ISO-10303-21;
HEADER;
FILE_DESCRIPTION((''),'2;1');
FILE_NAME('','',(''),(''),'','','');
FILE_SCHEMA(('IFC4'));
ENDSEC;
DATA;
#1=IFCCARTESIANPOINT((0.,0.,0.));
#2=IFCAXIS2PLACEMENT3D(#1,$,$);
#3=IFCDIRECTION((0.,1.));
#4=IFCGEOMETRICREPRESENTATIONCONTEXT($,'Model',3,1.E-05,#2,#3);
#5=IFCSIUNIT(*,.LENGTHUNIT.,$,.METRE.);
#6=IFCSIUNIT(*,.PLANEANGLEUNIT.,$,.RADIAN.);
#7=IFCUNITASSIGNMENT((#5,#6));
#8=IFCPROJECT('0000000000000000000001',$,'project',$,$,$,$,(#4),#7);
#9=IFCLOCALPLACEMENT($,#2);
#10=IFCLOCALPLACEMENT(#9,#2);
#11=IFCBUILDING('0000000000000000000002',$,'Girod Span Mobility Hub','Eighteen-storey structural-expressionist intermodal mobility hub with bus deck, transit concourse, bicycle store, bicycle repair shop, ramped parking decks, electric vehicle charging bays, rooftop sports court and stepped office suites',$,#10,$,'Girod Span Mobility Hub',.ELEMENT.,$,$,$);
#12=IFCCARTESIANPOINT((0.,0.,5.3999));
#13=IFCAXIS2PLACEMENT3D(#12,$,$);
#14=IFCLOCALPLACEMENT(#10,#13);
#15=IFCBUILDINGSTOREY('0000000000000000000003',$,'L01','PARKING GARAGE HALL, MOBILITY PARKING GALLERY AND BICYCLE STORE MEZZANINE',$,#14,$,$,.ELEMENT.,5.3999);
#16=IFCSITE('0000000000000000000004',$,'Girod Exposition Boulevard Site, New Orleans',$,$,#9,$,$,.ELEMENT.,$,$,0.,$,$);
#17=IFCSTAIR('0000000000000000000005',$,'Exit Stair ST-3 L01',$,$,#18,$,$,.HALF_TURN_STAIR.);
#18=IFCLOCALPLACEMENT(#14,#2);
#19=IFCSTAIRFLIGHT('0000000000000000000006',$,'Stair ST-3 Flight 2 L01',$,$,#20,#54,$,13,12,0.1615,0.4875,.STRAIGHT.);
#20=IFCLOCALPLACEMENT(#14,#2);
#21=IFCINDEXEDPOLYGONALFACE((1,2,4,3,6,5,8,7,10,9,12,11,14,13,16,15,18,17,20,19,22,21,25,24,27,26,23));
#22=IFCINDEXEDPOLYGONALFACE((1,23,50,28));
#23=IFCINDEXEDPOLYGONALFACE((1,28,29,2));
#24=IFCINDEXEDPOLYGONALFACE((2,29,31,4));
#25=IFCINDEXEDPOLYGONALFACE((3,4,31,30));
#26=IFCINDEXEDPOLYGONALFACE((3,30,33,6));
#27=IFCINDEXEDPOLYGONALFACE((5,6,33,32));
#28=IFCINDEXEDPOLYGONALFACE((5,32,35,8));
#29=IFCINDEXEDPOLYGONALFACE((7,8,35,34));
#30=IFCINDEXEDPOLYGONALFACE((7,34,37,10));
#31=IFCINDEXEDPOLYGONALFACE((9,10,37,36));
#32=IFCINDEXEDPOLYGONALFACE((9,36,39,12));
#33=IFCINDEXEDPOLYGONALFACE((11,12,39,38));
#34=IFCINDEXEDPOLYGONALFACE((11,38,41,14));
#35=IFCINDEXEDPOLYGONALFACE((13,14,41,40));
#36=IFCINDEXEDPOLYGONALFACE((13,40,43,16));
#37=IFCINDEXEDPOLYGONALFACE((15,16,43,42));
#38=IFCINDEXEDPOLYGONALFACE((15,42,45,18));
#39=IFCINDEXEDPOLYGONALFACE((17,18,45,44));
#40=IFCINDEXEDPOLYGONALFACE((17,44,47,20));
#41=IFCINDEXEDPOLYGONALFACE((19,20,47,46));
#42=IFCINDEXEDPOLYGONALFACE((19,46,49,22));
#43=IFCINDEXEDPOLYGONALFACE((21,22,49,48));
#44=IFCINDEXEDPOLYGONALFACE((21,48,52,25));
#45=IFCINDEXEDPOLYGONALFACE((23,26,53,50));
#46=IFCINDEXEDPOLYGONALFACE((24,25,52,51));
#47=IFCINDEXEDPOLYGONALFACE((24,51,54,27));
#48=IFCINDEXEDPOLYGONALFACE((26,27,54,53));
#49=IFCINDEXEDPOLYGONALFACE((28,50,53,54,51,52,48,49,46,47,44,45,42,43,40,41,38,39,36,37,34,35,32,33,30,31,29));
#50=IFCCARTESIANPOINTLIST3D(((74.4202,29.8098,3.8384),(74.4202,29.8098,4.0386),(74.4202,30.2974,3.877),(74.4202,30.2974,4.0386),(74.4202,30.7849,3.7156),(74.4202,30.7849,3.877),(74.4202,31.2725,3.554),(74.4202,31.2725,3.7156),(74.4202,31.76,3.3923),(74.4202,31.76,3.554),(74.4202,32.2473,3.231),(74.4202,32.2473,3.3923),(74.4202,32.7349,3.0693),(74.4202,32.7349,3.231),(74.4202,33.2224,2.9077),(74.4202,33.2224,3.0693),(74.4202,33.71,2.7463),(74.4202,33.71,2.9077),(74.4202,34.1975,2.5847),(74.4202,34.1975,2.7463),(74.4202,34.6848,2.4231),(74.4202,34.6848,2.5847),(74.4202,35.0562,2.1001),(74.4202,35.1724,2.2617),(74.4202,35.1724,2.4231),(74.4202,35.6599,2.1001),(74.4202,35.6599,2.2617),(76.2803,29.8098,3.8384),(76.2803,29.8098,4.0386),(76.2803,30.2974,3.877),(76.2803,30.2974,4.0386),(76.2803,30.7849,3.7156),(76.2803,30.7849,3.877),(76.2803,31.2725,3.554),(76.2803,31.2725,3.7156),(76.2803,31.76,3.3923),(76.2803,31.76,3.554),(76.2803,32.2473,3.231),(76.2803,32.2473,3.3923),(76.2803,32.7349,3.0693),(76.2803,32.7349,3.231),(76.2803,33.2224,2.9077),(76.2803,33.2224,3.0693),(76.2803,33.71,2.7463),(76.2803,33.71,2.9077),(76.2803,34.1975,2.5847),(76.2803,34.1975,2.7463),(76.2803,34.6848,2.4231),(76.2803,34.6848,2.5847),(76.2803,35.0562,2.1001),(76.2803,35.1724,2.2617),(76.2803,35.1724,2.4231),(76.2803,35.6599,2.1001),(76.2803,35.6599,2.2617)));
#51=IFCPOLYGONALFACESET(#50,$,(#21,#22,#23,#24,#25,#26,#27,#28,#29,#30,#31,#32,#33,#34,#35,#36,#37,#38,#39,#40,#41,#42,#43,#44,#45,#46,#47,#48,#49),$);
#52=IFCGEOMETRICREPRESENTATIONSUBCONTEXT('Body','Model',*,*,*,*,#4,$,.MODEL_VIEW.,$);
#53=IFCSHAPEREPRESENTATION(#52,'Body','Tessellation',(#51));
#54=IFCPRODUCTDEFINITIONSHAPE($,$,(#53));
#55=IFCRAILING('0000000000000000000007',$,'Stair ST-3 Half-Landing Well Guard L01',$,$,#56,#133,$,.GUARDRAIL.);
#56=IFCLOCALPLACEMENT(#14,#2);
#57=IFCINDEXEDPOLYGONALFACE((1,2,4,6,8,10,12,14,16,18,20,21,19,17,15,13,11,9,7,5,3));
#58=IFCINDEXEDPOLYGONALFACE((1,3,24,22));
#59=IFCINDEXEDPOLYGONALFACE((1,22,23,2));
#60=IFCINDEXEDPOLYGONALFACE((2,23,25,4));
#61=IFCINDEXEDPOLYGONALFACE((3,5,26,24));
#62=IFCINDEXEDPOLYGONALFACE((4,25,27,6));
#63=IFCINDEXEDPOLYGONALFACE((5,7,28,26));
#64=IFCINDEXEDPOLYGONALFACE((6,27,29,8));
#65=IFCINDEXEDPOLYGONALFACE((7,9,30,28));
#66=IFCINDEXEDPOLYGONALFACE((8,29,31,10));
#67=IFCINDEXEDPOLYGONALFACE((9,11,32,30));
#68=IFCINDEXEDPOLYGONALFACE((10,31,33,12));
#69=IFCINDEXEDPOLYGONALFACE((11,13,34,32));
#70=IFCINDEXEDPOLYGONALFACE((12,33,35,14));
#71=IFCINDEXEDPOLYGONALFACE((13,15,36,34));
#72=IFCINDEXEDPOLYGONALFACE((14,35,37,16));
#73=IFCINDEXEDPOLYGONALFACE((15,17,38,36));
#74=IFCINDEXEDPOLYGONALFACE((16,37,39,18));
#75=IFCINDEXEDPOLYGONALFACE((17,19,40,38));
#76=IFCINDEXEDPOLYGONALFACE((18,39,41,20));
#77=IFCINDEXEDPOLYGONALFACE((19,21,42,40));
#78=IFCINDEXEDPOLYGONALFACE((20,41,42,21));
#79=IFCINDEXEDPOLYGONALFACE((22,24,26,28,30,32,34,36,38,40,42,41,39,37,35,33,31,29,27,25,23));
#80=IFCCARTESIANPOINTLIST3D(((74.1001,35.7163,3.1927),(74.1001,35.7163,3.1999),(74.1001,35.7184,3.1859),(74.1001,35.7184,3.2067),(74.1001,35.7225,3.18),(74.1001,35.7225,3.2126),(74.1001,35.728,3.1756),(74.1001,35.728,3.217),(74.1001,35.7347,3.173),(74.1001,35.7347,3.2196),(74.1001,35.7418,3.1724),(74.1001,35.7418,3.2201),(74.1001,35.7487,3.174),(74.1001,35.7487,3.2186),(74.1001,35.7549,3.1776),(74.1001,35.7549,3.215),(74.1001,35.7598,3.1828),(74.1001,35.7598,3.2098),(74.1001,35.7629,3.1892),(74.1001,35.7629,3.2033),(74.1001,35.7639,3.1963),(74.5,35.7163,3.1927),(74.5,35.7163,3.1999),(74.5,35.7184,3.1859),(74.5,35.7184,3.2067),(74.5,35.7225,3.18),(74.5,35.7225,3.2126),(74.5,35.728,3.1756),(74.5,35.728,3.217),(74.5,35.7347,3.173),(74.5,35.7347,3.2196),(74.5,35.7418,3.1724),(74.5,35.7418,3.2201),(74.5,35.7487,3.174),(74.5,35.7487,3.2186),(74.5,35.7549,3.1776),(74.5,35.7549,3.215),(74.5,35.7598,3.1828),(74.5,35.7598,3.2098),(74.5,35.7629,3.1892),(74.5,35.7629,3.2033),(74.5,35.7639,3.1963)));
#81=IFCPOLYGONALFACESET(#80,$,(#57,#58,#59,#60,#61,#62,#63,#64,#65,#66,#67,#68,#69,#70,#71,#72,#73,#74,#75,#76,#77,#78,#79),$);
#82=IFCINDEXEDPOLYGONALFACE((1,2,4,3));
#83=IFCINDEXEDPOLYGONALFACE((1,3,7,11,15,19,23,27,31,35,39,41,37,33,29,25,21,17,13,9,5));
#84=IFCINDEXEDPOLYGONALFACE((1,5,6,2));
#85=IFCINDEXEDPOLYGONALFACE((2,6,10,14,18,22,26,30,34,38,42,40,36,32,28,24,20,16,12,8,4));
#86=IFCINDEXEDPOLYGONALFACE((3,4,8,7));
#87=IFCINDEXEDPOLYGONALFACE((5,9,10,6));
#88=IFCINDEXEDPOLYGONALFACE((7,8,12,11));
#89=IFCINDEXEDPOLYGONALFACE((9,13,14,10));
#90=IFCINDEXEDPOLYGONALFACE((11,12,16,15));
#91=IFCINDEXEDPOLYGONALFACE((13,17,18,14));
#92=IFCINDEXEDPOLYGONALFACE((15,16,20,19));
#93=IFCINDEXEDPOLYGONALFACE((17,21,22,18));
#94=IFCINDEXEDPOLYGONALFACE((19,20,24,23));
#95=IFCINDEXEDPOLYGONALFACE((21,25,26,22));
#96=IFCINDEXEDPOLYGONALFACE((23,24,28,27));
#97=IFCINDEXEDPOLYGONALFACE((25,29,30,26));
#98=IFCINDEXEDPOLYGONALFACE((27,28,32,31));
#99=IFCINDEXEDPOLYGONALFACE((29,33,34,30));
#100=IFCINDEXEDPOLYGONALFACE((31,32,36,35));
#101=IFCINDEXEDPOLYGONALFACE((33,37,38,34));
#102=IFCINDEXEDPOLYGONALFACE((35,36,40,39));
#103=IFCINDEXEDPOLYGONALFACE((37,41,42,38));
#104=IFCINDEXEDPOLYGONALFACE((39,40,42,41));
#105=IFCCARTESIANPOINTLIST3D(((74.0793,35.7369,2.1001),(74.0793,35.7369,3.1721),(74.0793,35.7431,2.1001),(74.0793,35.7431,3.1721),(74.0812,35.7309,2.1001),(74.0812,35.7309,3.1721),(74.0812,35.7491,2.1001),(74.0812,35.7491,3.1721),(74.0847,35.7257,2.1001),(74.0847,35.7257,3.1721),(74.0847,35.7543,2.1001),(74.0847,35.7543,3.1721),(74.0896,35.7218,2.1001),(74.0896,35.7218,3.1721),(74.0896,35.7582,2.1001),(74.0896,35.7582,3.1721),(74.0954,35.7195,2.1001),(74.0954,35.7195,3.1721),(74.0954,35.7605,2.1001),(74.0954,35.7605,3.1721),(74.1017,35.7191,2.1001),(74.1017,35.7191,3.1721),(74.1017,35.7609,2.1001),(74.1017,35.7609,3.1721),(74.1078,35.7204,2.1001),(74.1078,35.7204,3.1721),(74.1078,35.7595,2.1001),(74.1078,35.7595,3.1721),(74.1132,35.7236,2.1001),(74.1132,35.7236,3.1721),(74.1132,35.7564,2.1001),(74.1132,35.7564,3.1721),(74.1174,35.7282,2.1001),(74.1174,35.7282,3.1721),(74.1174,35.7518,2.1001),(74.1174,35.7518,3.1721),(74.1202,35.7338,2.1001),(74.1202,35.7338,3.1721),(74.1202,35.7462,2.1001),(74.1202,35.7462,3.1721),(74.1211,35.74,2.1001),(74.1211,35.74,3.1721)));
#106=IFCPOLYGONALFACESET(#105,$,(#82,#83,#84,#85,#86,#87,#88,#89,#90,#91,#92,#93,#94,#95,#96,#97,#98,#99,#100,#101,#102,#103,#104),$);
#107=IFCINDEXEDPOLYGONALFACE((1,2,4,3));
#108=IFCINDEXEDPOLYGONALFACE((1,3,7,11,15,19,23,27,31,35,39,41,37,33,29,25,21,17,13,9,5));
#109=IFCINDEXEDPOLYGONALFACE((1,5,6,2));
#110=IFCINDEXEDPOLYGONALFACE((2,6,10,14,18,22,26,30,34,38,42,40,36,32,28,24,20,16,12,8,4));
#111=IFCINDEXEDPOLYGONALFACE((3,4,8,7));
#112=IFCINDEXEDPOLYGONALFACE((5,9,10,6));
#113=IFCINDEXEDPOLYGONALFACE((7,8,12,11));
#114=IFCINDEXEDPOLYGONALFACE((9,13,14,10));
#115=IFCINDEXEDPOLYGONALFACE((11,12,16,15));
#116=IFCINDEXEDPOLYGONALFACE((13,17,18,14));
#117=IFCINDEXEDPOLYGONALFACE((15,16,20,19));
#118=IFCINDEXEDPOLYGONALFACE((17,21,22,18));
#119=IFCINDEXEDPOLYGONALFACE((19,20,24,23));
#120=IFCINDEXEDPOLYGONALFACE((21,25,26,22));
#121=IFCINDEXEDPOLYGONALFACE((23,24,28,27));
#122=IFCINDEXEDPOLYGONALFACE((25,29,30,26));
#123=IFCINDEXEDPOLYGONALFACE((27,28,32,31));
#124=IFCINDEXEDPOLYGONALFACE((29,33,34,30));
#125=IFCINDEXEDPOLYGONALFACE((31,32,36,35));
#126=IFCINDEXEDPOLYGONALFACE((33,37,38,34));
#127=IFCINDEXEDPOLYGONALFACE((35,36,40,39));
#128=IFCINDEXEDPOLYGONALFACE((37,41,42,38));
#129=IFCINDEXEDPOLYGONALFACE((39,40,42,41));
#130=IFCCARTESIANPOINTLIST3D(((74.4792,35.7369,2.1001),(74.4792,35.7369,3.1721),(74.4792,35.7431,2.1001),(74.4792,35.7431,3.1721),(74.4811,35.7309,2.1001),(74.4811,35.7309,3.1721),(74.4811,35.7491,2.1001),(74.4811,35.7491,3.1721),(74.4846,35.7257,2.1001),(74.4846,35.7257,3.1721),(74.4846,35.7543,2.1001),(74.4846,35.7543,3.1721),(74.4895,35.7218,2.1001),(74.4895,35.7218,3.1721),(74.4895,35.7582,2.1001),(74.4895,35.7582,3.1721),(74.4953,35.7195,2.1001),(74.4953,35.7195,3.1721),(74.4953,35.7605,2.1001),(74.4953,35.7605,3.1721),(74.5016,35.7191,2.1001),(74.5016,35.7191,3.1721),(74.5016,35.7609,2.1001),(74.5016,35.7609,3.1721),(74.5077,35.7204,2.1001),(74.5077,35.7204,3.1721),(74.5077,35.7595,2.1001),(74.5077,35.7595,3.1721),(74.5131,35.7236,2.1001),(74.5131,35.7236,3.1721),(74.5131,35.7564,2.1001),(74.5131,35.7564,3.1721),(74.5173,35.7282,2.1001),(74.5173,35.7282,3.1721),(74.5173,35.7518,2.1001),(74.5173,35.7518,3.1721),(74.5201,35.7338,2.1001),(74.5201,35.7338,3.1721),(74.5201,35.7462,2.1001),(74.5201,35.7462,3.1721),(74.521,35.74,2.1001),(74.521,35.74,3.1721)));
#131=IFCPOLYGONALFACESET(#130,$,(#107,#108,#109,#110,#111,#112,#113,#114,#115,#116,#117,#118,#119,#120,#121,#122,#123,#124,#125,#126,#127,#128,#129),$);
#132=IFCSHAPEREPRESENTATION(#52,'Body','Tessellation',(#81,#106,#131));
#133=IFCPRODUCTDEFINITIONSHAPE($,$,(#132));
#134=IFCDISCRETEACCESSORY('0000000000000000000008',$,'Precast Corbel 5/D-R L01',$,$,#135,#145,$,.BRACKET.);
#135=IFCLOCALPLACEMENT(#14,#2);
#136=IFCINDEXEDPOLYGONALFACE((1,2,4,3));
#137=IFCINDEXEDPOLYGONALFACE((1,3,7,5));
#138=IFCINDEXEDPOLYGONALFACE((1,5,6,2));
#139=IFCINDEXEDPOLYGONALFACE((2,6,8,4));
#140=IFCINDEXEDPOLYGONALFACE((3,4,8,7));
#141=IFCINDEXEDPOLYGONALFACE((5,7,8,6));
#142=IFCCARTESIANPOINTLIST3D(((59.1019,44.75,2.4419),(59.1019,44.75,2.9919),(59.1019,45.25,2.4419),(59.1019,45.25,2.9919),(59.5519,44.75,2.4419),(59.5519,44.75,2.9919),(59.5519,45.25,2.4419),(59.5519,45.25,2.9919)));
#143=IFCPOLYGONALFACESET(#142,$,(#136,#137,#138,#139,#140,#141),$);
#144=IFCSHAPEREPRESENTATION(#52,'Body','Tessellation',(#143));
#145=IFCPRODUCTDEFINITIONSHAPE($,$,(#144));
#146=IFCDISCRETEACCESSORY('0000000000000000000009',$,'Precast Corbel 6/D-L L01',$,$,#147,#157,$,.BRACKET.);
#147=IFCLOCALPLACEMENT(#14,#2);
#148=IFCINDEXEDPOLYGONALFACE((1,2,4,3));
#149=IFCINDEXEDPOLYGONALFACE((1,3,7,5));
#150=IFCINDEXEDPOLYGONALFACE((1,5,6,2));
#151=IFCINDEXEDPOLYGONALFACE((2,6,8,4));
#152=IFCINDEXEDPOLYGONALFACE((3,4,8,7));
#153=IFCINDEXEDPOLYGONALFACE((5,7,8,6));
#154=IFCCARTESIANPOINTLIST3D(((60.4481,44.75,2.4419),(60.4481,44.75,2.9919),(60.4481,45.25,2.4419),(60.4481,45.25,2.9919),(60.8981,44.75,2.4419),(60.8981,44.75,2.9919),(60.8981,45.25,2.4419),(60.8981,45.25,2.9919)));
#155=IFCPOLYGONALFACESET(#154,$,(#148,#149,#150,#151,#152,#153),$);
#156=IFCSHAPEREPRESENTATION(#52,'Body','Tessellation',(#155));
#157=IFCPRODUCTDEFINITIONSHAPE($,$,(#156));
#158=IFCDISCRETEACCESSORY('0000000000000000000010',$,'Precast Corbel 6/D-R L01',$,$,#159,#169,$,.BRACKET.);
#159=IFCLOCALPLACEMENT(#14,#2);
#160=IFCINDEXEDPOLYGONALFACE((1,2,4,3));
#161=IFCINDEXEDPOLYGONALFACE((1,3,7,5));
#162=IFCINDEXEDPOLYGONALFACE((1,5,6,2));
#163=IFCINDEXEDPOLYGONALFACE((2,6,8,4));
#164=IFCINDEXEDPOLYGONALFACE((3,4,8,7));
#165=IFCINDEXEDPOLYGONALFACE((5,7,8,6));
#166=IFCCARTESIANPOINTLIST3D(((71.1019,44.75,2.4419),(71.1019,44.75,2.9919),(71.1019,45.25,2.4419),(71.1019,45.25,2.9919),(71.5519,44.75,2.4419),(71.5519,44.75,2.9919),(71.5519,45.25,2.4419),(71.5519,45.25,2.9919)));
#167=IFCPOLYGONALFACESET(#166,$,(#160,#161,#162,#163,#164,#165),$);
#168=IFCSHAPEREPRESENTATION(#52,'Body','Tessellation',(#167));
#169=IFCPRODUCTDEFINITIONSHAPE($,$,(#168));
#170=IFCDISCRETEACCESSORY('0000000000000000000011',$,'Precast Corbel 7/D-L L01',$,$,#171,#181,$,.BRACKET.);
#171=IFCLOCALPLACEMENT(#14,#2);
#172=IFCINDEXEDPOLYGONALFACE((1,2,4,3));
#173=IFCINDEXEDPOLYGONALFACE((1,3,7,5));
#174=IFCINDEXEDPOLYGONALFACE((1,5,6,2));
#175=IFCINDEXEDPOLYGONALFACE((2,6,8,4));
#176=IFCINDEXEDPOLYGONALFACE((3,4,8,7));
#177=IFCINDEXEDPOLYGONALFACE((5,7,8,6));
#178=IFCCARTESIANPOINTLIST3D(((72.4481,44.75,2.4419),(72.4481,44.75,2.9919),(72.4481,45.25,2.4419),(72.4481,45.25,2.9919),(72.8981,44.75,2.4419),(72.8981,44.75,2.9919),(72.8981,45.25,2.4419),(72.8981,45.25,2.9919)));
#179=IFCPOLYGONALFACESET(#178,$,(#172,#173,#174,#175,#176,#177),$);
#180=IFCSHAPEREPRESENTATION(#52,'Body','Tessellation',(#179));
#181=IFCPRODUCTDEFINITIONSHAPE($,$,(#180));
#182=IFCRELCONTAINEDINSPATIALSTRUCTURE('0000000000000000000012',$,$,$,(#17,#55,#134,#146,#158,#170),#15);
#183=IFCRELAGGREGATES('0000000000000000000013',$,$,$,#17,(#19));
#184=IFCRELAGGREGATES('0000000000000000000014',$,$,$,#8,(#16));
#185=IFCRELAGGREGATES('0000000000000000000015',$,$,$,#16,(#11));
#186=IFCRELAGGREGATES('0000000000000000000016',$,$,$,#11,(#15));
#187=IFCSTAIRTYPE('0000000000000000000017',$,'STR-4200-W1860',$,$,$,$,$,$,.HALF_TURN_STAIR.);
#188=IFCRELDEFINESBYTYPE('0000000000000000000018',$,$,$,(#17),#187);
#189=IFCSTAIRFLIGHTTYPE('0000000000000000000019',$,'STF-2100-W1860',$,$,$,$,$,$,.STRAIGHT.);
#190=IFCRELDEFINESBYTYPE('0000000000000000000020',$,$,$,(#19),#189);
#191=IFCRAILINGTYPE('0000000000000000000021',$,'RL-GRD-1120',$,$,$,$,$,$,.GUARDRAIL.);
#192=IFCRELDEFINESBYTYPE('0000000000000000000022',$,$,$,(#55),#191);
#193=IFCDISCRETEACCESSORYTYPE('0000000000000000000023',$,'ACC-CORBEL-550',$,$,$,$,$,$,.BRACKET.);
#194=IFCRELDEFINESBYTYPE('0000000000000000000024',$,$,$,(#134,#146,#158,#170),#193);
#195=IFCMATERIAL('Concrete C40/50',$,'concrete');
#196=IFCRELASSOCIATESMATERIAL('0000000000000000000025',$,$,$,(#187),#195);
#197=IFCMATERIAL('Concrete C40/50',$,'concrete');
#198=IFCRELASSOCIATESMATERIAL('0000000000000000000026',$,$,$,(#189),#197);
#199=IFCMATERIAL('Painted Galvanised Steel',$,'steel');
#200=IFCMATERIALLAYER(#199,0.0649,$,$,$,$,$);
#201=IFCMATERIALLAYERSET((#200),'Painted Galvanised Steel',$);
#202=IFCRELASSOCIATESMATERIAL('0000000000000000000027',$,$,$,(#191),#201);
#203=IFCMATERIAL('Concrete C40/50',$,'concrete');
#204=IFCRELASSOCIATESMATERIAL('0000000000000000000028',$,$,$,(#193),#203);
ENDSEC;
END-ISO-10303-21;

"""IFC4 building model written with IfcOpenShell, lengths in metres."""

from ifc_helpers import new_model, si_unit, direction, frame, origin, origin_2d, place, context, subcontext, project, spatial, polyline, rectangle, circle, outline, extrude, material, layer, layer_set, type_object, element, aggregate, save


model = new_model("IFC4")

# Units and contexts
model_context = context("Model", 3, precision=1e-05, world=origin(), true_north=direction((0.0, 1.0)))
body_context = subcontext(model_context, "Body", "Model", "MODEL_VIEW")
ifc_project = project(units=[si_unit("LENGTHUNIT", "METRE"), si_unit("PLANEANGLEUNIT", "RADIAN")], contexts=[model_context])

# Site, building, storey
site_placement = place(None, origin())
site = spatial("IfcSite", under=ifc_project, at=site_placement, Name="Girod Exposition Boulevard Site, New Orleans", CompositionType="ELEMENT", RefElevation=0.0)
building_placement = place(site_placement, origin())
building = spatial("IfcBuilding", under=site, at=building_placement, Name="Girod Span Mobility Hub", Description="Eighteen-storey structural-expressionist intermodal mobility hub with bus deck, transit concourse, bicycle store, bicycle repair shop, ramped parking decks, electric vehicle charging bays, rooftop sports court and stepped office suites", LongName="Girod Span Mobility Hub", CompositionType="ELEMENT")
storey_placement = place(building_placement, frame((0.0, 0.0, 5.3999)))
storey = spatial("IfcBuildingStorey", under=building, at=storey_placement, Name="L01", Description="PARKING GARAGE HALL, MOBILITY PARKING GALLERY AND BICYCLE STORE MEZZANINE", CompositionType="ELEMENT", Elevation=5.3999)

# Stair, stair flight
ifc_material_1 = material(Name="Concrete C40/50", Category="concrete")
stair_type = type_object("IfcStairType", Name="STR-4200-W1860", PredefinedType="HALF_TURN_STAIR", material=ifc_material_1)
stair_placement = place(storey_placement, origin())
stair = element("IfcStair", 1, at=stair_placement, inside=storey, type_object=stair_type, Name="Exit Stair ST-3 L01", PredefinedType="HALF_TURN_STAIR")
ifc_material_2 = material(Name="Concrete C40/50", Category="concrete")
stair_flight_type = type_object("IfcStairFlightType", Name="STF-2100-W1860", PredefinedType="STRAIGHT", material=ifc_material_2)
stair_flight_placement = place(storey_placement, frame((75.3501, 35.6599, 2.1001), z_axis=(0.0, 0.0, 1.0), x_axis=(0.0, -1.0, 0.0)))
stair_flight = element("IfcStairFlight", 2, at=stair_flight_placement, type_object=stair_flight_type, Name="Stair ST-3 Flight 2 L01", NumberOfRisers=13, NumberOfTreads=12, PredefinedType="STRAIGHT", RiserHeight=0.1615, TreadLength=0.4875, context=body_context, shape_type="SweptSolid", body=[
    extrude(outline(polyline([(0.0, 0.0), (0.0, 0.1616), (0.4875, 0.1616), (0.4875, 0.323), (0.9751, 0.323), (0.9751, 0.4846), (1.4624, 0.4846), (1.4624, 0.6462), (1.95, 0.6462), (1.95, 0.8076), (2.4375, 0.8076), (2.4375, 0.9692), (2.925, 0.9692), (2.925, 1.1309), (3.4126, 1.1309), (3.4126, 1.2922), (3.8999, 1.2922), (3.8999, 1.4539), (4.3875, 1.4539), (4.3875, 1.6155), (4.875, 1.6155), (4.875, 1.7769), (5.3625, 1.7769), (5.3625, 1.9385), (5.8501, 1.9385), (5.8501, 2.1001), (5.8501, 1.7383), (0.6038, 0.0), (0.0, 0.0)])), frame((0.0, 0.9302, 0.0), z_axis=(0.0, -1.0, 0.0), x_axis=(1.0, 0.0, 0.0)), (0.0, 0.0, 1.0), 1.8601),
])
aggregate(stair, [stair_flight])

# Railing
ifc_material_3 = material(Name="Painted Galvanised Steel", Category="steel")
ifc_layer_1 = layer(ifc_material_3, 0.0649)
ifc_layer_set_1 = layer_set([ifc_layer_1], Name="Painted Galvanised Steel")
railing_type_1 = type_object("IfcRailingType", Name="RL-GRD-1120", PredefinedType="GUARDRAIL", material=ifc_layer_set_1)
railing_1_placement = place(storey_placement, frame((74.1001, 35.74, 2.1001)))
element("IfcRailing", 3, at=railing_1_placement, inside=storey, type_object=railing_type_1, Name="Stair ST-3 Half-Landing Well Guard L01", PredefinedType="GUARDRAIL", context=body_context, shape_type="SweptSolid", body=[
    extrude(circle(Radius=0.0239, at=origin_2d()), frame((0.0, 0.0, 1.0962), z_axis=(1.0, 0.0, 0.0), x_axis=(0.0, 1.0, 0.0)), (0.0, 0.0, 1.0), 0.3999),
    extrude(circle(Radius=0.021, at=origin_2d()), origin(), (0.0, 0.0, 1.0), 1.072),
    extrude(circle(Radius=0.021, at=origin_2d()), frame((0.3999, 0.0, 0.0)), (0.0, 0.0, 1.0), 1.072),
])

# Discrete accessories
ifc_material_4 = material(Name="Concrete C40/50", Category="concrete")
discrete_accessory_type = type_object("IfcDiscreteAccessoryType", Name="ACC-CORBEL-550", PredefinedType="BRACKET", material=ifc_material_4)
for number, where, z_axis, x_axis, name in (
    (4, (59.3269, 45.0, 2.4419), (0.0, 0.0, 1.0), (1.0, 0.0, 0.0), "Precast Corbel 5/D-R L01"),
    (5, (60.6731, 45.0, 2.4419), (0.0, 0.0, 1.0), (1.0, 0.0, 0.0), "Precast Corbel 6/D-L L01"),
    (6, (71.3269, 45.0, 2.4419), (0.0, 0.0, 1.0), (1.0, 0.0, 0.0), "Precast Corbel 6/D-R L01"),
    (7, (72.6731, 45.0, 2.4419), (0.0, 0.0, 1.0), (1.0, 0.0, 0.0), "Precast Corbel 7/D-L L01"),
):
    element("IfcDiscreteAccessory", number, at=place(storey_placement, frame(where, z_axis=z_axis, x_axis=x_axis)), inside=storey, type_object=discrete_accessory_type, Name=name, PredefinedType="BRACKET", context=body_context, shape_type="SweptSolid", body=[
        extrude(rectangle(XDim=0.45, YDim=0.5, at=origin_2d()), origin(), (0.0, 0.0, 1.0), 0.55),
    ])

save(model, "model.ifc")
